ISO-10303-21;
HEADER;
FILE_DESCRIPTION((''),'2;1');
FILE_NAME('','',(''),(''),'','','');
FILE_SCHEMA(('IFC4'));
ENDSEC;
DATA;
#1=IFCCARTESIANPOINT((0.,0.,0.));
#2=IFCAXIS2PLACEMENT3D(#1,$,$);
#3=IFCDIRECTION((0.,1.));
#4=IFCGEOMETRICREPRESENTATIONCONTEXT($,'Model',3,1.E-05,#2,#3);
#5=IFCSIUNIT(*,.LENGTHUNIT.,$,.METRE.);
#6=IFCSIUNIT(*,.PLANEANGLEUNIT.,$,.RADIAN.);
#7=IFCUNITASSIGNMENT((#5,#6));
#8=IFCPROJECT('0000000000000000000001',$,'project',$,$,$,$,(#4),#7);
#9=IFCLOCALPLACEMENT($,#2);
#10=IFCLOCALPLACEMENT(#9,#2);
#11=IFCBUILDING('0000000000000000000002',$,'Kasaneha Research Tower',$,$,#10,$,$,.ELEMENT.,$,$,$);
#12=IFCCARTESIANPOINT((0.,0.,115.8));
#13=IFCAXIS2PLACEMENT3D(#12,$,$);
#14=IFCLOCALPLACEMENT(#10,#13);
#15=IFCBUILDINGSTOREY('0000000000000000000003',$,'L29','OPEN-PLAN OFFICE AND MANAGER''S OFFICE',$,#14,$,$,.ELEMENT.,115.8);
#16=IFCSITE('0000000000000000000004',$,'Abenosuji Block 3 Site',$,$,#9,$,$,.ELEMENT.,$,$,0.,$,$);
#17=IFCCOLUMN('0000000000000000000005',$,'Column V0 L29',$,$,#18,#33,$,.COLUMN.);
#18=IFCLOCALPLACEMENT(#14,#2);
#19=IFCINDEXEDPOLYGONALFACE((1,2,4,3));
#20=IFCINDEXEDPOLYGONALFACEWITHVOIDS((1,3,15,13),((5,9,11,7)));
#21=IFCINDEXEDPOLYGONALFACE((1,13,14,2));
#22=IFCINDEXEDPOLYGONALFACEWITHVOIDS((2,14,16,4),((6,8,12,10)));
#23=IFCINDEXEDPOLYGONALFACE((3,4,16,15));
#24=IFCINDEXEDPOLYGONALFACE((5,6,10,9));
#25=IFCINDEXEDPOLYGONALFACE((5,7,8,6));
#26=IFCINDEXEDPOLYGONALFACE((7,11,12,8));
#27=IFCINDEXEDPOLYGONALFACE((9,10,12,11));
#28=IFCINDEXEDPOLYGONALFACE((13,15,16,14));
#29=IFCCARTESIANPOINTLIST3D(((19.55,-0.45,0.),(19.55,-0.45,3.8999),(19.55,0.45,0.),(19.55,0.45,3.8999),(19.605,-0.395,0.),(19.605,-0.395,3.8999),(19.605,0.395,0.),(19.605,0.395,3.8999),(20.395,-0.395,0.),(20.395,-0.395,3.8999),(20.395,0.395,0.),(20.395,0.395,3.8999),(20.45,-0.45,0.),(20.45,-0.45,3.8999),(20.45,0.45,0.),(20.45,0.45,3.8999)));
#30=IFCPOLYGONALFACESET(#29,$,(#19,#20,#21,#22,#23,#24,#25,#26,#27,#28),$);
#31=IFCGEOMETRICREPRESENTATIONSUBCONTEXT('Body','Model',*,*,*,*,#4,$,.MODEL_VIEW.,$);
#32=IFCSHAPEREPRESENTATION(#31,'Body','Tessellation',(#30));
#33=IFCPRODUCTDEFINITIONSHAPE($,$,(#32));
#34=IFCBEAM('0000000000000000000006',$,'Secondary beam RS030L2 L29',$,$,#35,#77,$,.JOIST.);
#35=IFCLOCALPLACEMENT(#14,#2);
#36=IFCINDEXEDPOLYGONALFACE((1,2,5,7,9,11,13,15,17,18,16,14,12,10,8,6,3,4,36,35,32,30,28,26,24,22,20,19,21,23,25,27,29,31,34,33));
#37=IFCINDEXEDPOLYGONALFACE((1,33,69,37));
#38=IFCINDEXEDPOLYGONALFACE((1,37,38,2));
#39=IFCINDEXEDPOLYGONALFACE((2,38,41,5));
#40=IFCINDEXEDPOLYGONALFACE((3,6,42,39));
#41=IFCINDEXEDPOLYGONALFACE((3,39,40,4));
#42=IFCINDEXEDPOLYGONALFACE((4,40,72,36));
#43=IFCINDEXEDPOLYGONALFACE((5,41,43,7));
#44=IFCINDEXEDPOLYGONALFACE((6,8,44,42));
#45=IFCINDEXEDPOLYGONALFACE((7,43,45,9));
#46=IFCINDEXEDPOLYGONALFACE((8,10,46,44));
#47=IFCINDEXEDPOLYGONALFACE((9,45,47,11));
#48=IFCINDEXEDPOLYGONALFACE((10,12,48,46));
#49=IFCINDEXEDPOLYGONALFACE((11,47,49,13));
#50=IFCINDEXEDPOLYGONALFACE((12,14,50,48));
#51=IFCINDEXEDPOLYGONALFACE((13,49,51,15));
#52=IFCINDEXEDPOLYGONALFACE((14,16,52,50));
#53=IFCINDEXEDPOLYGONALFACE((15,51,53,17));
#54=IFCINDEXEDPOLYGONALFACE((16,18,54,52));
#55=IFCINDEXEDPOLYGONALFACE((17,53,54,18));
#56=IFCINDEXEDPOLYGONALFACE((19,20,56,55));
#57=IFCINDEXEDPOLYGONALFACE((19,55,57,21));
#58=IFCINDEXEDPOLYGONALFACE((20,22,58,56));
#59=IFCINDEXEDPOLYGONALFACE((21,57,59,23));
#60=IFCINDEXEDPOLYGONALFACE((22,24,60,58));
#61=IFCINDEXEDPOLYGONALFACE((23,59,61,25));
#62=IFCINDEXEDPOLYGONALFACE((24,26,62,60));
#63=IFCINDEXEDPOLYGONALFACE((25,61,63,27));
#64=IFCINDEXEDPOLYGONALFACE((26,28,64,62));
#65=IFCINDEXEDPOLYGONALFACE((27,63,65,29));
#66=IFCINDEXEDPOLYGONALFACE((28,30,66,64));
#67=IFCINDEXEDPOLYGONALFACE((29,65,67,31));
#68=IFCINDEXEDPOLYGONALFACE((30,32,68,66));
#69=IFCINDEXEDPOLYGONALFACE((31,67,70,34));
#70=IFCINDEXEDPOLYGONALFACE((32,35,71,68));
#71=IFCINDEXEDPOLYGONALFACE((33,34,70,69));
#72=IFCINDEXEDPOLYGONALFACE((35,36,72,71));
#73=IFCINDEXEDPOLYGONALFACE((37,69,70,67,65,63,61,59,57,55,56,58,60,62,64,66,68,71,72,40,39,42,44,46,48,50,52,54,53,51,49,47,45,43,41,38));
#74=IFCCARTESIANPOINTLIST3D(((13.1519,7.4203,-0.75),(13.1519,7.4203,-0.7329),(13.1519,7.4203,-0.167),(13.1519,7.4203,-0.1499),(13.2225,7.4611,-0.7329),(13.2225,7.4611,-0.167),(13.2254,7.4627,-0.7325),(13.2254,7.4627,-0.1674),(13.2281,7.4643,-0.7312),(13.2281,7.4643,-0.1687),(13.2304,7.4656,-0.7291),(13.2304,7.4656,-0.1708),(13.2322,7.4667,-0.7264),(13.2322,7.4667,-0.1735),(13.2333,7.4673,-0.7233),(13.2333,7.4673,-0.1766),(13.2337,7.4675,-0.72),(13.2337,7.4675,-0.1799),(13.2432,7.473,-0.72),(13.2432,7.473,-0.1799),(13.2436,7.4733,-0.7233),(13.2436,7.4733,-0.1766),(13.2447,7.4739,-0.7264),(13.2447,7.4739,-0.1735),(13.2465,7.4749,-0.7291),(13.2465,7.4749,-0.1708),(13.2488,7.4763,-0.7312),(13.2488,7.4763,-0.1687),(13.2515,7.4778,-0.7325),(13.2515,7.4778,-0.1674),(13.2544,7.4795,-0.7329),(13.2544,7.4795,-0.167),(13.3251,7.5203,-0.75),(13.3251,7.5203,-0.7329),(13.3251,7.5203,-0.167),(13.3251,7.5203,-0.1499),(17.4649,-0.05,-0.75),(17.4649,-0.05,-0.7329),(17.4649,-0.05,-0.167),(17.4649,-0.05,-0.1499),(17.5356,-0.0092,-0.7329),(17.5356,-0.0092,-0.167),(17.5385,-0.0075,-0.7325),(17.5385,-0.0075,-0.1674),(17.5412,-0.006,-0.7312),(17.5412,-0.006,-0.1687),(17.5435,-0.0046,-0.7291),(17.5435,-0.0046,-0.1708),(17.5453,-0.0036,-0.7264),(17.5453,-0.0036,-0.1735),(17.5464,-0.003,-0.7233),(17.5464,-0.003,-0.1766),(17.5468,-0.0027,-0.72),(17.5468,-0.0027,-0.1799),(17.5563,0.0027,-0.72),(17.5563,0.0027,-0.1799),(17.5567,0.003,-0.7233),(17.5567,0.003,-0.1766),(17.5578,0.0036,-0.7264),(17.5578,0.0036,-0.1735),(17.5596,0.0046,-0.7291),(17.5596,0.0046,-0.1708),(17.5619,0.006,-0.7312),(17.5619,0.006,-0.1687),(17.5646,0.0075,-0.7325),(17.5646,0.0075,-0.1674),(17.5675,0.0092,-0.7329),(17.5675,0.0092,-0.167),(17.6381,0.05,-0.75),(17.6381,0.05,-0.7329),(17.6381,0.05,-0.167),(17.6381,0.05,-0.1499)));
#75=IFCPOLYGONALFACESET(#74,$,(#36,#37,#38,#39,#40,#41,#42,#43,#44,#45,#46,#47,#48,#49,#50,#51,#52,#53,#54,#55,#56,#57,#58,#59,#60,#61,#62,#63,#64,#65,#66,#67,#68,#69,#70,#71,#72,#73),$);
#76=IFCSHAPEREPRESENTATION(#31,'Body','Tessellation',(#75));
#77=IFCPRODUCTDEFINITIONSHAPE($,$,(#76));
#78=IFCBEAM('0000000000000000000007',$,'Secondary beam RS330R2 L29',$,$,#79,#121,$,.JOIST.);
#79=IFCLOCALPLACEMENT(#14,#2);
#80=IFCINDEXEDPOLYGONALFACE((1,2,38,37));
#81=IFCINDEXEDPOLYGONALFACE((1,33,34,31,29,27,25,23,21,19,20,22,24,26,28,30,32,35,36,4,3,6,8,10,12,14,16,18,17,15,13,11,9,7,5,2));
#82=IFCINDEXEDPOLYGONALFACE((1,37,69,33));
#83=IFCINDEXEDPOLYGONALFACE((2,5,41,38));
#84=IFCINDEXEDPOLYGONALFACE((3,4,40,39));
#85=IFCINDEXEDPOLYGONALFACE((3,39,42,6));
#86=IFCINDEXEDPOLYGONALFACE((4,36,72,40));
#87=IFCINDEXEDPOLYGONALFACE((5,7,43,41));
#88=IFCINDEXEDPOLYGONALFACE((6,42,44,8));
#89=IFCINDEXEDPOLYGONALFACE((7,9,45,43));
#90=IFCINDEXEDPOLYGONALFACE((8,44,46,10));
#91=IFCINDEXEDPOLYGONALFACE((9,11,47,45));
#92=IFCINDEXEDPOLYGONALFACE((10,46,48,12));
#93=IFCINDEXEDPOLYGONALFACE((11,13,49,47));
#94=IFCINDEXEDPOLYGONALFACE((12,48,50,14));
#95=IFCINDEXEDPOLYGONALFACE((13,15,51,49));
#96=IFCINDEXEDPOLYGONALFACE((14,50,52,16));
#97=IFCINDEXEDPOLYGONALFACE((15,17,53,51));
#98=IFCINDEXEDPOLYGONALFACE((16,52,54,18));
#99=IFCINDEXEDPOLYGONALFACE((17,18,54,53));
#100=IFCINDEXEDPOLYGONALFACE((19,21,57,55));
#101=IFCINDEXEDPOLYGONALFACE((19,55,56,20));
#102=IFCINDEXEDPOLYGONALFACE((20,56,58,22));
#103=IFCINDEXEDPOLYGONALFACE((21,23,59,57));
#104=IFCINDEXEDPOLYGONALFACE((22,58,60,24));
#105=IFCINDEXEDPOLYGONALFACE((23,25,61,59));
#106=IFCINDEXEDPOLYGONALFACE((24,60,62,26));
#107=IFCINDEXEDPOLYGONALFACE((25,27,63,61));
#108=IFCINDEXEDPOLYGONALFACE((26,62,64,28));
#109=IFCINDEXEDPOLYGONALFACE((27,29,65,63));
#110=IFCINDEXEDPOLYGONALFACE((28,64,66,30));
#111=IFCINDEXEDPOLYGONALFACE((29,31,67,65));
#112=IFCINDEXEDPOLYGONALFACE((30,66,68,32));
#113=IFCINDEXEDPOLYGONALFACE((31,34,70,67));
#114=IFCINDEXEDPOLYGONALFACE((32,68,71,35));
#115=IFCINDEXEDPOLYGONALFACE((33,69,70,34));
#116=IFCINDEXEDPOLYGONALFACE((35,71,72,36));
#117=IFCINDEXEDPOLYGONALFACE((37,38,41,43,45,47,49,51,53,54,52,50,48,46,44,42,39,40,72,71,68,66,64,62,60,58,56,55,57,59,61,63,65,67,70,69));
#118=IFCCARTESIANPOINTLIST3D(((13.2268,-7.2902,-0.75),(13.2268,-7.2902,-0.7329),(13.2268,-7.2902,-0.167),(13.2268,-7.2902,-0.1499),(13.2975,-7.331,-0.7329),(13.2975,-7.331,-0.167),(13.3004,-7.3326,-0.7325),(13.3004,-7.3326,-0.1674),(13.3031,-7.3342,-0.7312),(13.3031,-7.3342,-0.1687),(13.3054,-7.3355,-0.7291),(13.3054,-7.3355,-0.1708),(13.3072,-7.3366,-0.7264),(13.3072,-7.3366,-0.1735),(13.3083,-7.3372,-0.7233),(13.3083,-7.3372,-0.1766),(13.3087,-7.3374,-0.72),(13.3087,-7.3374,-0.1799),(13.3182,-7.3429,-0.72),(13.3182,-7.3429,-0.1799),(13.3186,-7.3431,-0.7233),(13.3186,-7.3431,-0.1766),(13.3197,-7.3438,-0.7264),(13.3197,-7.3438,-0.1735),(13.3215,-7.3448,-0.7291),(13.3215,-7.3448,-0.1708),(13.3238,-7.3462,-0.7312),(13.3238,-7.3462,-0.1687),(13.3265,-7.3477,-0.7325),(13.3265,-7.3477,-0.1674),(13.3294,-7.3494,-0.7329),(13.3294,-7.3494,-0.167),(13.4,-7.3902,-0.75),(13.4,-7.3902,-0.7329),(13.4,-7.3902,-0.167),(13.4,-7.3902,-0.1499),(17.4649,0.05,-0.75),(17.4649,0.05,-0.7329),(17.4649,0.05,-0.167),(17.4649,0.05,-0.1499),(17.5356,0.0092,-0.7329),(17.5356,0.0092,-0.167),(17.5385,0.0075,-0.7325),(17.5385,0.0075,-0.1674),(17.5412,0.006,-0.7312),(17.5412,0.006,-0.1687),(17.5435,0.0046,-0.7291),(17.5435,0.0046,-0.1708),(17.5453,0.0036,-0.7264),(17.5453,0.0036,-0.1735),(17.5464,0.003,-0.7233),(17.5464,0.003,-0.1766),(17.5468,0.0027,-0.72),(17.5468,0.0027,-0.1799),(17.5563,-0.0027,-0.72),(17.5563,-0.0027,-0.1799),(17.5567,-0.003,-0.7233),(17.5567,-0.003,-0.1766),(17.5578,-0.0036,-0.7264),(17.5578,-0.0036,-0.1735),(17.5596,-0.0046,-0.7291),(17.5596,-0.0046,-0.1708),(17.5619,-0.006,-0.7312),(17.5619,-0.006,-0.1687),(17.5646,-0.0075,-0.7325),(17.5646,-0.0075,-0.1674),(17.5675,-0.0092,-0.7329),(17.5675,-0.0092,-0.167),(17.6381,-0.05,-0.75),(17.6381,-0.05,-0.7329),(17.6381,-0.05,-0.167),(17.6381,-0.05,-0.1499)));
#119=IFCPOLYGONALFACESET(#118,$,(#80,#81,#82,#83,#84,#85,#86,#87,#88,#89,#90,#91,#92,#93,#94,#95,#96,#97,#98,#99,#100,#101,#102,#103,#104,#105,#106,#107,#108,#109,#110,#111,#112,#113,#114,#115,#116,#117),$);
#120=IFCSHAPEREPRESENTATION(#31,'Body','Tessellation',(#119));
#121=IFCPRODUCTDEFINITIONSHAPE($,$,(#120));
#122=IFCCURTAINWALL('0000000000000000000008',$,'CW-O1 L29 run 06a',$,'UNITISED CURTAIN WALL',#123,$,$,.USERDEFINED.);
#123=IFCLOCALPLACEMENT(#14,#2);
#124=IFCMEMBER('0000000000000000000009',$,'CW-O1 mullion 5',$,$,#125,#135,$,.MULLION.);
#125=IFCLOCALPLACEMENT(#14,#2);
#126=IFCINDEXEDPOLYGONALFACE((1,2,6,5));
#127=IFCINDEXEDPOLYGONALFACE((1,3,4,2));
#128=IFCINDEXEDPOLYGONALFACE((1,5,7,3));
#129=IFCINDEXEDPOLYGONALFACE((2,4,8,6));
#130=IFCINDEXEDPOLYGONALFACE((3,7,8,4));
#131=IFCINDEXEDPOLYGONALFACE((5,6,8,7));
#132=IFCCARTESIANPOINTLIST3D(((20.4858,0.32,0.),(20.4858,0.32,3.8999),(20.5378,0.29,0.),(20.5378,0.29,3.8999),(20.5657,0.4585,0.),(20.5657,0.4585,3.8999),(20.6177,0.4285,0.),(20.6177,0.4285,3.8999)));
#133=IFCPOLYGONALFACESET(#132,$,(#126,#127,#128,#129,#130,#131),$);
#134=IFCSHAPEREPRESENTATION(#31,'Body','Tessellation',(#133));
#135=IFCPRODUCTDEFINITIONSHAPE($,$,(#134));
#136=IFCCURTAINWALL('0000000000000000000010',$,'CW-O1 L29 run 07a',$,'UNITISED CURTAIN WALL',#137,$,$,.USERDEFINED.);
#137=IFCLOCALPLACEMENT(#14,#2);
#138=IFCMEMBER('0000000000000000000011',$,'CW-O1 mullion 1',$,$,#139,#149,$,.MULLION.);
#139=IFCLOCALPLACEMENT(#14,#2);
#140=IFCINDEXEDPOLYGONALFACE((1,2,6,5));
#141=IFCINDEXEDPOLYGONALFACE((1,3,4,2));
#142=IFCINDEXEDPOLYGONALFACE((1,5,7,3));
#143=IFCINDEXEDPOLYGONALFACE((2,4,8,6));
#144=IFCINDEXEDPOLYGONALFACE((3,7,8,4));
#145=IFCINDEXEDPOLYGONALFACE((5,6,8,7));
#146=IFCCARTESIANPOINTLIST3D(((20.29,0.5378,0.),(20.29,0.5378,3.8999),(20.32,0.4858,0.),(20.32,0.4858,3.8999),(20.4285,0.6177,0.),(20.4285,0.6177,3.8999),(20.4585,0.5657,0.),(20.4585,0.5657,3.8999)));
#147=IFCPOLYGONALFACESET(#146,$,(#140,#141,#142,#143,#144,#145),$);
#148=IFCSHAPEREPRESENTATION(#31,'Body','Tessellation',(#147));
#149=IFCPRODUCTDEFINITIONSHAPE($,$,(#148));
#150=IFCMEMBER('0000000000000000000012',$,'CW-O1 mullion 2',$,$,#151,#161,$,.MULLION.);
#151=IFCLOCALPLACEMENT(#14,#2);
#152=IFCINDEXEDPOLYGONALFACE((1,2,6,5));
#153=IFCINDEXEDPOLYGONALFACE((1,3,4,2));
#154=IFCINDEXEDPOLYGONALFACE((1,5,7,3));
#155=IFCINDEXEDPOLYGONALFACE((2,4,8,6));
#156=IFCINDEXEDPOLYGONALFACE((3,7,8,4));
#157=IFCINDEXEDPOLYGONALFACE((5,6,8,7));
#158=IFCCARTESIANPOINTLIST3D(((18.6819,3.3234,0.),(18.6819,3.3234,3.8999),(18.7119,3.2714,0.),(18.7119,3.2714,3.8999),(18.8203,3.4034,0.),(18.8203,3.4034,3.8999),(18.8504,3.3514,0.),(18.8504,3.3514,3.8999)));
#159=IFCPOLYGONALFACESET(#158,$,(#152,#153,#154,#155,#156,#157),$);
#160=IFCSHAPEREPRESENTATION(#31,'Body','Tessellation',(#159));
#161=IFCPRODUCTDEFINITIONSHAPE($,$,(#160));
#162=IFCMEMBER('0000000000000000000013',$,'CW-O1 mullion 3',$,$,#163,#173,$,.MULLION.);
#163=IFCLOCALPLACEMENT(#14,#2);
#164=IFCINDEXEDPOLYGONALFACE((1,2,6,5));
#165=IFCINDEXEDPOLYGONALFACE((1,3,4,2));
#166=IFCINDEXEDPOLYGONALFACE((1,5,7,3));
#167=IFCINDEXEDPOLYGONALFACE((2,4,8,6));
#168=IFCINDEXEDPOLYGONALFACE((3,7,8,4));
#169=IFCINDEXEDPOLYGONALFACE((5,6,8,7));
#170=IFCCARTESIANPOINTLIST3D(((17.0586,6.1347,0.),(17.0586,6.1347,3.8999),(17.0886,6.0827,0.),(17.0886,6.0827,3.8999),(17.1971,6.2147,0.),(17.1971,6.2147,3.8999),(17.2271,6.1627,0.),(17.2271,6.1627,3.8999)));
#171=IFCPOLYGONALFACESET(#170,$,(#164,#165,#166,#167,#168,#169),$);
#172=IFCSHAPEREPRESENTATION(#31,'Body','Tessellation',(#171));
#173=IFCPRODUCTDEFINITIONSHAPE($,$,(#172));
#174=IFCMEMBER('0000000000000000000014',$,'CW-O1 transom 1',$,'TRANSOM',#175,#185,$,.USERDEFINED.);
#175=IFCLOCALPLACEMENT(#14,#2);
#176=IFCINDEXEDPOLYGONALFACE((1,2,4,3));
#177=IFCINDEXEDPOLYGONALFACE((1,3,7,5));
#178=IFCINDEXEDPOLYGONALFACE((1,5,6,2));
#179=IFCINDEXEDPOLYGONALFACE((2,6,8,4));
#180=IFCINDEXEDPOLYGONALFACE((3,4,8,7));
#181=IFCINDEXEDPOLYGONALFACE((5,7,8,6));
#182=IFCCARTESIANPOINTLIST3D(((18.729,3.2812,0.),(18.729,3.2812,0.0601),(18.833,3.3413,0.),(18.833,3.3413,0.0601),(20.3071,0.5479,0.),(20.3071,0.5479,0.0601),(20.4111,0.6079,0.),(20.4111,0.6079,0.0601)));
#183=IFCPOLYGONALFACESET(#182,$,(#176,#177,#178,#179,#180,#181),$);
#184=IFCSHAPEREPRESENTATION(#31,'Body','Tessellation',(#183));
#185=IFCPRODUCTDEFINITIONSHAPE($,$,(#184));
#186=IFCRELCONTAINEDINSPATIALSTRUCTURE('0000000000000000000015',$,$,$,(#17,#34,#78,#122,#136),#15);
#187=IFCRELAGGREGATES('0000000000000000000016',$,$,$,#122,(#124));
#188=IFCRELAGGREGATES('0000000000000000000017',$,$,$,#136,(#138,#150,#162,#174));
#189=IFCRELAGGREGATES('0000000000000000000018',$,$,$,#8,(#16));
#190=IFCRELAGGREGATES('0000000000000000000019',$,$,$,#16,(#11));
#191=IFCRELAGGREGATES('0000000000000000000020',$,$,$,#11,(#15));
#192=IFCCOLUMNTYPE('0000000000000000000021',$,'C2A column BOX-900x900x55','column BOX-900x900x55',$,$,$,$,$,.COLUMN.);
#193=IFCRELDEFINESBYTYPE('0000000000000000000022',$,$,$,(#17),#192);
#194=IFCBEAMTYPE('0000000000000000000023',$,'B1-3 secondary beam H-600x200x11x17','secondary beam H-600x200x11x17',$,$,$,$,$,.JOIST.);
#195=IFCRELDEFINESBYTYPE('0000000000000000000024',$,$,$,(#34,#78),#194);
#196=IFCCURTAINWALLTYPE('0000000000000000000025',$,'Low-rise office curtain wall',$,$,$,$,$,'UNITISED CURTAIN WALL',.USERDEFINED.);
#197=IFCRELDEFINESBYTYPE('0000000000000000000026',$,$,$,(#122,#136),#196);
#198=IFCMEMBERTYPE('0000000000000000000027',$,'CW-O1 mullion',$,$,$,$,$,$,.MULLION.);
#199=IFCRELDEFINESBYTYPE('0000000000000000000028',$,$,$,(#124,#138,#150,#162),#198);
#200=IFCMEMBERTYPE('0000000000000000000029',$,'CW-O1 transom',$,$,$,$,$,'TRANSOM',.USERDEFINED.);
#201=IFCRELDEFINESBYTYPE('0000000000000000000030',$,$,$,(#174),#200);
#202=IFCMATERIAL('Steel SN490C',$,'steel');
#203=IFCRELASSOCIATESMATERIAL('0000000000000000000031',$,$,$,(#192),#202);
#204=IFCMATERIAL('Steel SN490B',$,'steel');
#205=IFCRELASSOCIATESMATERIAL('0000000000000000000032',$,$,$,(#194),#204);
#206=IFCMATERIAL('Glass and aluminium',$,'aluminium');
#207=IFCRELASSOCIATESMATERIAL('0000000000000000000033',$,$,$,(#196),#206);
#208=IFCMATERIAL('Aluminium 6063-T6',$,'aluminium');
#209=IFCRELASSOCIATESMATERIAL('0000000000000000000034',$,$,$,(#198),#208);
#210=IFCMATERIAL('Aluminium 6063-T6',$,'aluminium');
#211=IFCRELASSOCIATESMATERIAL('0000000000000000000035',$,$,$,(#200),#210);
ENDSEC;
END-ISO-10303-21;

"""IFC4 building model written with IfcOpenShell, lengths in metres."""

from ifc_helpers import new_model, si_unit, direction, frame, origin, origin_2d, place, context, subcontext, project, spatial, rectangle, hollow_rectangle, i_section, extrude, material, material_profile, profile_set, type_object, element, aggregate, save


model = new_model("IFC4")

# Units and contexts
model_context = context("Model", 3, precision=1e-05, world=origin(), true_north=direction((0.0, 1.0)))
body_context = subcontext(model_context, "Body", "Model", "MODEL_VIEW")
ifc_project = project(units=[si_unit("LENGTHUNIT", "METRE"), si_unit("PLANEANGLEUNIT", "RADIAN")], contexts=[model_context])

# Site, building, storey
site_placement = place(None, origin())
site = spatial("IfcSite", under=ifc_project, at=site_placement, Name="Abenosuji Block 3 Site", CompositionType="ELEMENT", RefElevation=0.0)
building_placement = place(site_placement, origin())
building = spatial("IfcBuilding", under=site, at=building_placement, Name="Kasaneha Research Tower", CompositionType="ELEMENT")
storey_placement = place(building_placement, frame((0.0, 0.0, 115.8)))
storey = spatial("IfcBuildingStorey", under=building, at=storey_placement, Name="L29", Description="OPEN-PLAN OFFICE AND MANAGER'S OFFICE", CompositionType="ELEMENT", Elevation=115.8)

# Column
ifc_material_1 = material(Name="Steel SN490C", Category="steel")
ifc_material_profile_1 = material_profile(ifc_material_1, hollow_rectangle(XDim=0.8999, YDim=0.8999, WallThickness=0.0549, at=origin_2d()), Name="BOX-900x900x55")
ifc_profile_set_1 = profile_set([ifc_material_profile_1], Name="Steel SN490C")
column_type = type_object("IfcColumnType", Name="C2A column BOX-900x900x55", Description="column BOX-900x900x55", PredefinedType="COLUMN", material=ifc_profile_set_1)
column_placement = place(storey_placement, frame((20.0, 0.0, 0.0), z_axis=(0.0, 0.0, 1.0), x_axis=(1.0, 0.0, 0.0)))
element("IfcColumn", 1, at=column_placement, inside=storey, type_object=column_type, Name="Column V0 L29", PredefinedType="COLUMN", context=body_context, shape_type="SweptSolid", body=[
    extrude(hollow_rectangle(XDim=0.8999, YDim=0.8999, WallThickness=0.0549, at=origin_2d()), origin(), (0.0, 0.0, 1.0), 3.8999),
])

# Beams
ifc_material_2 = material(Name="Steel SN490B", Category="steel")
ifc_material_profile_2 = material_profile(ifc_material_2, i_section(OverallWidth=0.2, OverallDepth=0.6001, WebThickness=0.011, FlangeThickness=0.0171, FilletRadius=0.0129, at=origin_2d()), Name="H-600x200x11x17")
ifc_profile_set_2 = profile_set([ifc_material_profile_2], Name="Steel SN490B")
beam_type_1 = type_object("IfcBeamType", Name="B1-3 secondary beam H-600x200x11x17", Description="secondary beam H-600x200x11x17", PredefinedType="JOIST", material=ifc_profile_set_2)
beam_1_placement = place(storey_placement, frame((17.5515, 0.0, -0.45), z_axis=(-0.500005, 0.866023, 0.0), x_axis=(-0.866023, -0.500005, 0.0)))
element("IfcBeam", 2, at=beam_1_placement, inside=storey, type_object=beam_type_1, Name="Secondary beam RS030L2 L29", PredefinedType="JOIST", context=body_context, shape_type="SweptSolid", body=[
    extrude(i_section(OverallWidth=0.2, OverallDepth=0.6001, WebThickness=0.011, FlangeThickness=0.0171, FilletRadius=0.0129, at=origin_2d()), origin(), (0.0, 0.0, 1.0), 8.626),
])
beam_2_placement = place(storey_placement, frame((17.5515, 0.0, -0.45), z_axis=(-0.500021, -0.866013, 0.0), x_axis=(0.866013, -0.500021, 0.0)))
element("IfcBeam", 3, at=beam_2_placement, inside=storey, type_object=beam_type_1, Name="Secondary beam RS330R2 L29", PredefinedType="JOIST", context=body_context, shape_type="SweptSolid", body=[
    extrude(i_section(OverallWidth=0.2, OverallDepth=0.6001, WebThickness=0.011, FlangeThickness=0.0171, FilletRadius=0.0129, at=origin_2d()), origin(), (0.0, 0.0, 1.0), 8.4758),
])

# Curtain wall, member
ifc_material_3 = material(Name="Glass and aluminium", Category="aluminium")
curtain_wall_type = type_object("IfcCurtainWallType", Name="Low-rise office curtain wall", ElementType="UNITISED CURTAIN WALL", PredefinedType="USERDEFINED", material=ifc_material_3)
curtain_wall_1_placement = place(storey_placement, origin())
curtain_wall_1 = element("IfcCurtainWall", 4, at=curtain_wall_1_placement, inside=storey, type_object=curtain_wall_type, Name="CW-O1 L29 run 06a", ObjectType="UNITISED CURTAIN WALL", PredefinedType="USERDEFINED")
ifc_material_4 = material(Name="Aluminium 6063-T6", Category="aluminium")
ifc_material_profile_3 = material_profile(ifc_material_4, rectangle(XDim=0.0601, YDim=0.1599, at=origin_2d()), Name="CW-O1 mullion 60x160")
ifc_profile_set_3 = profile_set([ifc_material_profile_3], Name="Aluminium 6063-T6")
member_type_1 = type_object("IfcMemberType", Name="CW-O1 mullion", PredefinedType="MULLION", material=ifc_profile_set_3)
member_1_placement = place(storey_placement, frame((20.5518, 0.3743, 0.0), z_axis=(0.0, 0.0, 1.0), x_axis=(-0.866025, 0.5, 0.0)))
member_1 = element("IfcMember", 5, at=member_1_placement, type_object=member_type_1, Name="CW-O1 mullion 5", PredefinedType="MULLION", context=body_context, shape_type="SweptSolid", body=[
    extrude(rectangle(XDim=0.0601, YDim=0.1599, at=origin_2d()), origin(), (0.0, 0.0, 1.0), 3.8999),
])
aggregate(curtain_wall_1, [member_1])

# Curtain wall, members
curtain_wall_2_placement = place(storey_placement, origin())
curtain_wall_2 = element("IfcCurtainWall", 6, at=curtain_wall_2_placement, inside=storey, type_object=curtain_wall_type, Name="CW-O1 L29 run 07a", ObjectType="UNITISED CURTAIN WALL", PredefinedType="USERDEFINED")
member_2_placement = place(storey_placement, frame((20.3743, 0.5518, 0.0), z_axis=(0.0, 0.0, 1.0), x_axis=(-0.5, 0.866025, 0.0)))
member_2 = element("IfcMember", 7, at=member_2_placement, type_object=member_type_1, Name="CW-O1 mullion 1", PredefinedType="MULLION", context=body_context, shape_type="SweptSolid", body=[
    extrude(rectangle(XDim=0.0601, YDim=0.1599, at=origin_2d()), origin(), (0.0, 0.0, 1.0), 3.8999),
])
member_3_placement = place(storey_placement, frame((18.7661, 3.3374, 0.0), z_axis=(0.0, 0.0, 1.0), x_axis=(-0.5, 0.866025, 0.0)))
member_3 = element("IfcMember", 8, at=member_3_placement, type_object=member_type_1, Name="CW-O1 mullion 2", PredefinedType="MULLION", context=body_context, shape_type="SweptSolid", body=[
    extrude(rectangle(XDim=0.0601, YDim=0.1599, at=origin_2d()), origin(), (0.0, 0.0, 1.0), 3.8999),
])
member_4_placement = place(storey_placement, frame((17.1428, 6.1487, 0.0), z_axis=(0.0, 0.0, 1.0), x_axis=(-0.5, 0.866025, 0.0)))
member_4 = element("IfcMember", 9, at=member_4_placement, type_object=member_type_1, Name="CW-O1 mullion 3", PredefinedType="MULLION", context=body_context, shape_type="SweptSolid", body=[
    extrude(rectangle(XDim=0.0601, YDim=0.1599, at=origin_2d()), origin(), (0.0, 0.0, 1.0), 3.8999),
])
ifc_material_5 = material(Name="Aluminium 6063-T6", Category="aluminium")
ifc_material_profile_4 = material_profile(ifc_material_5, rectangle(XDim=0.1201, YDim=0.0601, at=origin_2d()), Name="CW-O1 transom 120x60")
ifc_profile_set_4 = profile_set([ifc_material_profile_4], Name="Aluminium 6063-T6")
member_type_2 = type_object("IfcMemberType", Name="CW-O1 transom", ElementType="TRANSOM", PredefinedType="USERDEFINED", material=ifc_profile_set_4)
member_5_placement = place(storey_placement, frame((20.3591, 0.5779, 0.03), z_axis=(-0.499999, 0.866026, 0.0), x_axis=(-0.866026, -0.499999, 0.0)))
member_5 = element("IfcMember", 10, at=member_5_placement, type_object=member_type_2, Name="CW-O1 transom 1", ObjectType="TRANSOM", PredefinedType="USERDEFINED", context=body_context, shape_type="SweptSolid", body=[
    extrude(rectangle(XDim=0.1201, YDim=0.0601, at=origin_2d()), origin(), (0.0, 0.0, 1.0), 3.1562),
])

aggregate(curtain_wall_2, [member_2, member_3, member_4, member_5])

save(model, "model.ifc")
